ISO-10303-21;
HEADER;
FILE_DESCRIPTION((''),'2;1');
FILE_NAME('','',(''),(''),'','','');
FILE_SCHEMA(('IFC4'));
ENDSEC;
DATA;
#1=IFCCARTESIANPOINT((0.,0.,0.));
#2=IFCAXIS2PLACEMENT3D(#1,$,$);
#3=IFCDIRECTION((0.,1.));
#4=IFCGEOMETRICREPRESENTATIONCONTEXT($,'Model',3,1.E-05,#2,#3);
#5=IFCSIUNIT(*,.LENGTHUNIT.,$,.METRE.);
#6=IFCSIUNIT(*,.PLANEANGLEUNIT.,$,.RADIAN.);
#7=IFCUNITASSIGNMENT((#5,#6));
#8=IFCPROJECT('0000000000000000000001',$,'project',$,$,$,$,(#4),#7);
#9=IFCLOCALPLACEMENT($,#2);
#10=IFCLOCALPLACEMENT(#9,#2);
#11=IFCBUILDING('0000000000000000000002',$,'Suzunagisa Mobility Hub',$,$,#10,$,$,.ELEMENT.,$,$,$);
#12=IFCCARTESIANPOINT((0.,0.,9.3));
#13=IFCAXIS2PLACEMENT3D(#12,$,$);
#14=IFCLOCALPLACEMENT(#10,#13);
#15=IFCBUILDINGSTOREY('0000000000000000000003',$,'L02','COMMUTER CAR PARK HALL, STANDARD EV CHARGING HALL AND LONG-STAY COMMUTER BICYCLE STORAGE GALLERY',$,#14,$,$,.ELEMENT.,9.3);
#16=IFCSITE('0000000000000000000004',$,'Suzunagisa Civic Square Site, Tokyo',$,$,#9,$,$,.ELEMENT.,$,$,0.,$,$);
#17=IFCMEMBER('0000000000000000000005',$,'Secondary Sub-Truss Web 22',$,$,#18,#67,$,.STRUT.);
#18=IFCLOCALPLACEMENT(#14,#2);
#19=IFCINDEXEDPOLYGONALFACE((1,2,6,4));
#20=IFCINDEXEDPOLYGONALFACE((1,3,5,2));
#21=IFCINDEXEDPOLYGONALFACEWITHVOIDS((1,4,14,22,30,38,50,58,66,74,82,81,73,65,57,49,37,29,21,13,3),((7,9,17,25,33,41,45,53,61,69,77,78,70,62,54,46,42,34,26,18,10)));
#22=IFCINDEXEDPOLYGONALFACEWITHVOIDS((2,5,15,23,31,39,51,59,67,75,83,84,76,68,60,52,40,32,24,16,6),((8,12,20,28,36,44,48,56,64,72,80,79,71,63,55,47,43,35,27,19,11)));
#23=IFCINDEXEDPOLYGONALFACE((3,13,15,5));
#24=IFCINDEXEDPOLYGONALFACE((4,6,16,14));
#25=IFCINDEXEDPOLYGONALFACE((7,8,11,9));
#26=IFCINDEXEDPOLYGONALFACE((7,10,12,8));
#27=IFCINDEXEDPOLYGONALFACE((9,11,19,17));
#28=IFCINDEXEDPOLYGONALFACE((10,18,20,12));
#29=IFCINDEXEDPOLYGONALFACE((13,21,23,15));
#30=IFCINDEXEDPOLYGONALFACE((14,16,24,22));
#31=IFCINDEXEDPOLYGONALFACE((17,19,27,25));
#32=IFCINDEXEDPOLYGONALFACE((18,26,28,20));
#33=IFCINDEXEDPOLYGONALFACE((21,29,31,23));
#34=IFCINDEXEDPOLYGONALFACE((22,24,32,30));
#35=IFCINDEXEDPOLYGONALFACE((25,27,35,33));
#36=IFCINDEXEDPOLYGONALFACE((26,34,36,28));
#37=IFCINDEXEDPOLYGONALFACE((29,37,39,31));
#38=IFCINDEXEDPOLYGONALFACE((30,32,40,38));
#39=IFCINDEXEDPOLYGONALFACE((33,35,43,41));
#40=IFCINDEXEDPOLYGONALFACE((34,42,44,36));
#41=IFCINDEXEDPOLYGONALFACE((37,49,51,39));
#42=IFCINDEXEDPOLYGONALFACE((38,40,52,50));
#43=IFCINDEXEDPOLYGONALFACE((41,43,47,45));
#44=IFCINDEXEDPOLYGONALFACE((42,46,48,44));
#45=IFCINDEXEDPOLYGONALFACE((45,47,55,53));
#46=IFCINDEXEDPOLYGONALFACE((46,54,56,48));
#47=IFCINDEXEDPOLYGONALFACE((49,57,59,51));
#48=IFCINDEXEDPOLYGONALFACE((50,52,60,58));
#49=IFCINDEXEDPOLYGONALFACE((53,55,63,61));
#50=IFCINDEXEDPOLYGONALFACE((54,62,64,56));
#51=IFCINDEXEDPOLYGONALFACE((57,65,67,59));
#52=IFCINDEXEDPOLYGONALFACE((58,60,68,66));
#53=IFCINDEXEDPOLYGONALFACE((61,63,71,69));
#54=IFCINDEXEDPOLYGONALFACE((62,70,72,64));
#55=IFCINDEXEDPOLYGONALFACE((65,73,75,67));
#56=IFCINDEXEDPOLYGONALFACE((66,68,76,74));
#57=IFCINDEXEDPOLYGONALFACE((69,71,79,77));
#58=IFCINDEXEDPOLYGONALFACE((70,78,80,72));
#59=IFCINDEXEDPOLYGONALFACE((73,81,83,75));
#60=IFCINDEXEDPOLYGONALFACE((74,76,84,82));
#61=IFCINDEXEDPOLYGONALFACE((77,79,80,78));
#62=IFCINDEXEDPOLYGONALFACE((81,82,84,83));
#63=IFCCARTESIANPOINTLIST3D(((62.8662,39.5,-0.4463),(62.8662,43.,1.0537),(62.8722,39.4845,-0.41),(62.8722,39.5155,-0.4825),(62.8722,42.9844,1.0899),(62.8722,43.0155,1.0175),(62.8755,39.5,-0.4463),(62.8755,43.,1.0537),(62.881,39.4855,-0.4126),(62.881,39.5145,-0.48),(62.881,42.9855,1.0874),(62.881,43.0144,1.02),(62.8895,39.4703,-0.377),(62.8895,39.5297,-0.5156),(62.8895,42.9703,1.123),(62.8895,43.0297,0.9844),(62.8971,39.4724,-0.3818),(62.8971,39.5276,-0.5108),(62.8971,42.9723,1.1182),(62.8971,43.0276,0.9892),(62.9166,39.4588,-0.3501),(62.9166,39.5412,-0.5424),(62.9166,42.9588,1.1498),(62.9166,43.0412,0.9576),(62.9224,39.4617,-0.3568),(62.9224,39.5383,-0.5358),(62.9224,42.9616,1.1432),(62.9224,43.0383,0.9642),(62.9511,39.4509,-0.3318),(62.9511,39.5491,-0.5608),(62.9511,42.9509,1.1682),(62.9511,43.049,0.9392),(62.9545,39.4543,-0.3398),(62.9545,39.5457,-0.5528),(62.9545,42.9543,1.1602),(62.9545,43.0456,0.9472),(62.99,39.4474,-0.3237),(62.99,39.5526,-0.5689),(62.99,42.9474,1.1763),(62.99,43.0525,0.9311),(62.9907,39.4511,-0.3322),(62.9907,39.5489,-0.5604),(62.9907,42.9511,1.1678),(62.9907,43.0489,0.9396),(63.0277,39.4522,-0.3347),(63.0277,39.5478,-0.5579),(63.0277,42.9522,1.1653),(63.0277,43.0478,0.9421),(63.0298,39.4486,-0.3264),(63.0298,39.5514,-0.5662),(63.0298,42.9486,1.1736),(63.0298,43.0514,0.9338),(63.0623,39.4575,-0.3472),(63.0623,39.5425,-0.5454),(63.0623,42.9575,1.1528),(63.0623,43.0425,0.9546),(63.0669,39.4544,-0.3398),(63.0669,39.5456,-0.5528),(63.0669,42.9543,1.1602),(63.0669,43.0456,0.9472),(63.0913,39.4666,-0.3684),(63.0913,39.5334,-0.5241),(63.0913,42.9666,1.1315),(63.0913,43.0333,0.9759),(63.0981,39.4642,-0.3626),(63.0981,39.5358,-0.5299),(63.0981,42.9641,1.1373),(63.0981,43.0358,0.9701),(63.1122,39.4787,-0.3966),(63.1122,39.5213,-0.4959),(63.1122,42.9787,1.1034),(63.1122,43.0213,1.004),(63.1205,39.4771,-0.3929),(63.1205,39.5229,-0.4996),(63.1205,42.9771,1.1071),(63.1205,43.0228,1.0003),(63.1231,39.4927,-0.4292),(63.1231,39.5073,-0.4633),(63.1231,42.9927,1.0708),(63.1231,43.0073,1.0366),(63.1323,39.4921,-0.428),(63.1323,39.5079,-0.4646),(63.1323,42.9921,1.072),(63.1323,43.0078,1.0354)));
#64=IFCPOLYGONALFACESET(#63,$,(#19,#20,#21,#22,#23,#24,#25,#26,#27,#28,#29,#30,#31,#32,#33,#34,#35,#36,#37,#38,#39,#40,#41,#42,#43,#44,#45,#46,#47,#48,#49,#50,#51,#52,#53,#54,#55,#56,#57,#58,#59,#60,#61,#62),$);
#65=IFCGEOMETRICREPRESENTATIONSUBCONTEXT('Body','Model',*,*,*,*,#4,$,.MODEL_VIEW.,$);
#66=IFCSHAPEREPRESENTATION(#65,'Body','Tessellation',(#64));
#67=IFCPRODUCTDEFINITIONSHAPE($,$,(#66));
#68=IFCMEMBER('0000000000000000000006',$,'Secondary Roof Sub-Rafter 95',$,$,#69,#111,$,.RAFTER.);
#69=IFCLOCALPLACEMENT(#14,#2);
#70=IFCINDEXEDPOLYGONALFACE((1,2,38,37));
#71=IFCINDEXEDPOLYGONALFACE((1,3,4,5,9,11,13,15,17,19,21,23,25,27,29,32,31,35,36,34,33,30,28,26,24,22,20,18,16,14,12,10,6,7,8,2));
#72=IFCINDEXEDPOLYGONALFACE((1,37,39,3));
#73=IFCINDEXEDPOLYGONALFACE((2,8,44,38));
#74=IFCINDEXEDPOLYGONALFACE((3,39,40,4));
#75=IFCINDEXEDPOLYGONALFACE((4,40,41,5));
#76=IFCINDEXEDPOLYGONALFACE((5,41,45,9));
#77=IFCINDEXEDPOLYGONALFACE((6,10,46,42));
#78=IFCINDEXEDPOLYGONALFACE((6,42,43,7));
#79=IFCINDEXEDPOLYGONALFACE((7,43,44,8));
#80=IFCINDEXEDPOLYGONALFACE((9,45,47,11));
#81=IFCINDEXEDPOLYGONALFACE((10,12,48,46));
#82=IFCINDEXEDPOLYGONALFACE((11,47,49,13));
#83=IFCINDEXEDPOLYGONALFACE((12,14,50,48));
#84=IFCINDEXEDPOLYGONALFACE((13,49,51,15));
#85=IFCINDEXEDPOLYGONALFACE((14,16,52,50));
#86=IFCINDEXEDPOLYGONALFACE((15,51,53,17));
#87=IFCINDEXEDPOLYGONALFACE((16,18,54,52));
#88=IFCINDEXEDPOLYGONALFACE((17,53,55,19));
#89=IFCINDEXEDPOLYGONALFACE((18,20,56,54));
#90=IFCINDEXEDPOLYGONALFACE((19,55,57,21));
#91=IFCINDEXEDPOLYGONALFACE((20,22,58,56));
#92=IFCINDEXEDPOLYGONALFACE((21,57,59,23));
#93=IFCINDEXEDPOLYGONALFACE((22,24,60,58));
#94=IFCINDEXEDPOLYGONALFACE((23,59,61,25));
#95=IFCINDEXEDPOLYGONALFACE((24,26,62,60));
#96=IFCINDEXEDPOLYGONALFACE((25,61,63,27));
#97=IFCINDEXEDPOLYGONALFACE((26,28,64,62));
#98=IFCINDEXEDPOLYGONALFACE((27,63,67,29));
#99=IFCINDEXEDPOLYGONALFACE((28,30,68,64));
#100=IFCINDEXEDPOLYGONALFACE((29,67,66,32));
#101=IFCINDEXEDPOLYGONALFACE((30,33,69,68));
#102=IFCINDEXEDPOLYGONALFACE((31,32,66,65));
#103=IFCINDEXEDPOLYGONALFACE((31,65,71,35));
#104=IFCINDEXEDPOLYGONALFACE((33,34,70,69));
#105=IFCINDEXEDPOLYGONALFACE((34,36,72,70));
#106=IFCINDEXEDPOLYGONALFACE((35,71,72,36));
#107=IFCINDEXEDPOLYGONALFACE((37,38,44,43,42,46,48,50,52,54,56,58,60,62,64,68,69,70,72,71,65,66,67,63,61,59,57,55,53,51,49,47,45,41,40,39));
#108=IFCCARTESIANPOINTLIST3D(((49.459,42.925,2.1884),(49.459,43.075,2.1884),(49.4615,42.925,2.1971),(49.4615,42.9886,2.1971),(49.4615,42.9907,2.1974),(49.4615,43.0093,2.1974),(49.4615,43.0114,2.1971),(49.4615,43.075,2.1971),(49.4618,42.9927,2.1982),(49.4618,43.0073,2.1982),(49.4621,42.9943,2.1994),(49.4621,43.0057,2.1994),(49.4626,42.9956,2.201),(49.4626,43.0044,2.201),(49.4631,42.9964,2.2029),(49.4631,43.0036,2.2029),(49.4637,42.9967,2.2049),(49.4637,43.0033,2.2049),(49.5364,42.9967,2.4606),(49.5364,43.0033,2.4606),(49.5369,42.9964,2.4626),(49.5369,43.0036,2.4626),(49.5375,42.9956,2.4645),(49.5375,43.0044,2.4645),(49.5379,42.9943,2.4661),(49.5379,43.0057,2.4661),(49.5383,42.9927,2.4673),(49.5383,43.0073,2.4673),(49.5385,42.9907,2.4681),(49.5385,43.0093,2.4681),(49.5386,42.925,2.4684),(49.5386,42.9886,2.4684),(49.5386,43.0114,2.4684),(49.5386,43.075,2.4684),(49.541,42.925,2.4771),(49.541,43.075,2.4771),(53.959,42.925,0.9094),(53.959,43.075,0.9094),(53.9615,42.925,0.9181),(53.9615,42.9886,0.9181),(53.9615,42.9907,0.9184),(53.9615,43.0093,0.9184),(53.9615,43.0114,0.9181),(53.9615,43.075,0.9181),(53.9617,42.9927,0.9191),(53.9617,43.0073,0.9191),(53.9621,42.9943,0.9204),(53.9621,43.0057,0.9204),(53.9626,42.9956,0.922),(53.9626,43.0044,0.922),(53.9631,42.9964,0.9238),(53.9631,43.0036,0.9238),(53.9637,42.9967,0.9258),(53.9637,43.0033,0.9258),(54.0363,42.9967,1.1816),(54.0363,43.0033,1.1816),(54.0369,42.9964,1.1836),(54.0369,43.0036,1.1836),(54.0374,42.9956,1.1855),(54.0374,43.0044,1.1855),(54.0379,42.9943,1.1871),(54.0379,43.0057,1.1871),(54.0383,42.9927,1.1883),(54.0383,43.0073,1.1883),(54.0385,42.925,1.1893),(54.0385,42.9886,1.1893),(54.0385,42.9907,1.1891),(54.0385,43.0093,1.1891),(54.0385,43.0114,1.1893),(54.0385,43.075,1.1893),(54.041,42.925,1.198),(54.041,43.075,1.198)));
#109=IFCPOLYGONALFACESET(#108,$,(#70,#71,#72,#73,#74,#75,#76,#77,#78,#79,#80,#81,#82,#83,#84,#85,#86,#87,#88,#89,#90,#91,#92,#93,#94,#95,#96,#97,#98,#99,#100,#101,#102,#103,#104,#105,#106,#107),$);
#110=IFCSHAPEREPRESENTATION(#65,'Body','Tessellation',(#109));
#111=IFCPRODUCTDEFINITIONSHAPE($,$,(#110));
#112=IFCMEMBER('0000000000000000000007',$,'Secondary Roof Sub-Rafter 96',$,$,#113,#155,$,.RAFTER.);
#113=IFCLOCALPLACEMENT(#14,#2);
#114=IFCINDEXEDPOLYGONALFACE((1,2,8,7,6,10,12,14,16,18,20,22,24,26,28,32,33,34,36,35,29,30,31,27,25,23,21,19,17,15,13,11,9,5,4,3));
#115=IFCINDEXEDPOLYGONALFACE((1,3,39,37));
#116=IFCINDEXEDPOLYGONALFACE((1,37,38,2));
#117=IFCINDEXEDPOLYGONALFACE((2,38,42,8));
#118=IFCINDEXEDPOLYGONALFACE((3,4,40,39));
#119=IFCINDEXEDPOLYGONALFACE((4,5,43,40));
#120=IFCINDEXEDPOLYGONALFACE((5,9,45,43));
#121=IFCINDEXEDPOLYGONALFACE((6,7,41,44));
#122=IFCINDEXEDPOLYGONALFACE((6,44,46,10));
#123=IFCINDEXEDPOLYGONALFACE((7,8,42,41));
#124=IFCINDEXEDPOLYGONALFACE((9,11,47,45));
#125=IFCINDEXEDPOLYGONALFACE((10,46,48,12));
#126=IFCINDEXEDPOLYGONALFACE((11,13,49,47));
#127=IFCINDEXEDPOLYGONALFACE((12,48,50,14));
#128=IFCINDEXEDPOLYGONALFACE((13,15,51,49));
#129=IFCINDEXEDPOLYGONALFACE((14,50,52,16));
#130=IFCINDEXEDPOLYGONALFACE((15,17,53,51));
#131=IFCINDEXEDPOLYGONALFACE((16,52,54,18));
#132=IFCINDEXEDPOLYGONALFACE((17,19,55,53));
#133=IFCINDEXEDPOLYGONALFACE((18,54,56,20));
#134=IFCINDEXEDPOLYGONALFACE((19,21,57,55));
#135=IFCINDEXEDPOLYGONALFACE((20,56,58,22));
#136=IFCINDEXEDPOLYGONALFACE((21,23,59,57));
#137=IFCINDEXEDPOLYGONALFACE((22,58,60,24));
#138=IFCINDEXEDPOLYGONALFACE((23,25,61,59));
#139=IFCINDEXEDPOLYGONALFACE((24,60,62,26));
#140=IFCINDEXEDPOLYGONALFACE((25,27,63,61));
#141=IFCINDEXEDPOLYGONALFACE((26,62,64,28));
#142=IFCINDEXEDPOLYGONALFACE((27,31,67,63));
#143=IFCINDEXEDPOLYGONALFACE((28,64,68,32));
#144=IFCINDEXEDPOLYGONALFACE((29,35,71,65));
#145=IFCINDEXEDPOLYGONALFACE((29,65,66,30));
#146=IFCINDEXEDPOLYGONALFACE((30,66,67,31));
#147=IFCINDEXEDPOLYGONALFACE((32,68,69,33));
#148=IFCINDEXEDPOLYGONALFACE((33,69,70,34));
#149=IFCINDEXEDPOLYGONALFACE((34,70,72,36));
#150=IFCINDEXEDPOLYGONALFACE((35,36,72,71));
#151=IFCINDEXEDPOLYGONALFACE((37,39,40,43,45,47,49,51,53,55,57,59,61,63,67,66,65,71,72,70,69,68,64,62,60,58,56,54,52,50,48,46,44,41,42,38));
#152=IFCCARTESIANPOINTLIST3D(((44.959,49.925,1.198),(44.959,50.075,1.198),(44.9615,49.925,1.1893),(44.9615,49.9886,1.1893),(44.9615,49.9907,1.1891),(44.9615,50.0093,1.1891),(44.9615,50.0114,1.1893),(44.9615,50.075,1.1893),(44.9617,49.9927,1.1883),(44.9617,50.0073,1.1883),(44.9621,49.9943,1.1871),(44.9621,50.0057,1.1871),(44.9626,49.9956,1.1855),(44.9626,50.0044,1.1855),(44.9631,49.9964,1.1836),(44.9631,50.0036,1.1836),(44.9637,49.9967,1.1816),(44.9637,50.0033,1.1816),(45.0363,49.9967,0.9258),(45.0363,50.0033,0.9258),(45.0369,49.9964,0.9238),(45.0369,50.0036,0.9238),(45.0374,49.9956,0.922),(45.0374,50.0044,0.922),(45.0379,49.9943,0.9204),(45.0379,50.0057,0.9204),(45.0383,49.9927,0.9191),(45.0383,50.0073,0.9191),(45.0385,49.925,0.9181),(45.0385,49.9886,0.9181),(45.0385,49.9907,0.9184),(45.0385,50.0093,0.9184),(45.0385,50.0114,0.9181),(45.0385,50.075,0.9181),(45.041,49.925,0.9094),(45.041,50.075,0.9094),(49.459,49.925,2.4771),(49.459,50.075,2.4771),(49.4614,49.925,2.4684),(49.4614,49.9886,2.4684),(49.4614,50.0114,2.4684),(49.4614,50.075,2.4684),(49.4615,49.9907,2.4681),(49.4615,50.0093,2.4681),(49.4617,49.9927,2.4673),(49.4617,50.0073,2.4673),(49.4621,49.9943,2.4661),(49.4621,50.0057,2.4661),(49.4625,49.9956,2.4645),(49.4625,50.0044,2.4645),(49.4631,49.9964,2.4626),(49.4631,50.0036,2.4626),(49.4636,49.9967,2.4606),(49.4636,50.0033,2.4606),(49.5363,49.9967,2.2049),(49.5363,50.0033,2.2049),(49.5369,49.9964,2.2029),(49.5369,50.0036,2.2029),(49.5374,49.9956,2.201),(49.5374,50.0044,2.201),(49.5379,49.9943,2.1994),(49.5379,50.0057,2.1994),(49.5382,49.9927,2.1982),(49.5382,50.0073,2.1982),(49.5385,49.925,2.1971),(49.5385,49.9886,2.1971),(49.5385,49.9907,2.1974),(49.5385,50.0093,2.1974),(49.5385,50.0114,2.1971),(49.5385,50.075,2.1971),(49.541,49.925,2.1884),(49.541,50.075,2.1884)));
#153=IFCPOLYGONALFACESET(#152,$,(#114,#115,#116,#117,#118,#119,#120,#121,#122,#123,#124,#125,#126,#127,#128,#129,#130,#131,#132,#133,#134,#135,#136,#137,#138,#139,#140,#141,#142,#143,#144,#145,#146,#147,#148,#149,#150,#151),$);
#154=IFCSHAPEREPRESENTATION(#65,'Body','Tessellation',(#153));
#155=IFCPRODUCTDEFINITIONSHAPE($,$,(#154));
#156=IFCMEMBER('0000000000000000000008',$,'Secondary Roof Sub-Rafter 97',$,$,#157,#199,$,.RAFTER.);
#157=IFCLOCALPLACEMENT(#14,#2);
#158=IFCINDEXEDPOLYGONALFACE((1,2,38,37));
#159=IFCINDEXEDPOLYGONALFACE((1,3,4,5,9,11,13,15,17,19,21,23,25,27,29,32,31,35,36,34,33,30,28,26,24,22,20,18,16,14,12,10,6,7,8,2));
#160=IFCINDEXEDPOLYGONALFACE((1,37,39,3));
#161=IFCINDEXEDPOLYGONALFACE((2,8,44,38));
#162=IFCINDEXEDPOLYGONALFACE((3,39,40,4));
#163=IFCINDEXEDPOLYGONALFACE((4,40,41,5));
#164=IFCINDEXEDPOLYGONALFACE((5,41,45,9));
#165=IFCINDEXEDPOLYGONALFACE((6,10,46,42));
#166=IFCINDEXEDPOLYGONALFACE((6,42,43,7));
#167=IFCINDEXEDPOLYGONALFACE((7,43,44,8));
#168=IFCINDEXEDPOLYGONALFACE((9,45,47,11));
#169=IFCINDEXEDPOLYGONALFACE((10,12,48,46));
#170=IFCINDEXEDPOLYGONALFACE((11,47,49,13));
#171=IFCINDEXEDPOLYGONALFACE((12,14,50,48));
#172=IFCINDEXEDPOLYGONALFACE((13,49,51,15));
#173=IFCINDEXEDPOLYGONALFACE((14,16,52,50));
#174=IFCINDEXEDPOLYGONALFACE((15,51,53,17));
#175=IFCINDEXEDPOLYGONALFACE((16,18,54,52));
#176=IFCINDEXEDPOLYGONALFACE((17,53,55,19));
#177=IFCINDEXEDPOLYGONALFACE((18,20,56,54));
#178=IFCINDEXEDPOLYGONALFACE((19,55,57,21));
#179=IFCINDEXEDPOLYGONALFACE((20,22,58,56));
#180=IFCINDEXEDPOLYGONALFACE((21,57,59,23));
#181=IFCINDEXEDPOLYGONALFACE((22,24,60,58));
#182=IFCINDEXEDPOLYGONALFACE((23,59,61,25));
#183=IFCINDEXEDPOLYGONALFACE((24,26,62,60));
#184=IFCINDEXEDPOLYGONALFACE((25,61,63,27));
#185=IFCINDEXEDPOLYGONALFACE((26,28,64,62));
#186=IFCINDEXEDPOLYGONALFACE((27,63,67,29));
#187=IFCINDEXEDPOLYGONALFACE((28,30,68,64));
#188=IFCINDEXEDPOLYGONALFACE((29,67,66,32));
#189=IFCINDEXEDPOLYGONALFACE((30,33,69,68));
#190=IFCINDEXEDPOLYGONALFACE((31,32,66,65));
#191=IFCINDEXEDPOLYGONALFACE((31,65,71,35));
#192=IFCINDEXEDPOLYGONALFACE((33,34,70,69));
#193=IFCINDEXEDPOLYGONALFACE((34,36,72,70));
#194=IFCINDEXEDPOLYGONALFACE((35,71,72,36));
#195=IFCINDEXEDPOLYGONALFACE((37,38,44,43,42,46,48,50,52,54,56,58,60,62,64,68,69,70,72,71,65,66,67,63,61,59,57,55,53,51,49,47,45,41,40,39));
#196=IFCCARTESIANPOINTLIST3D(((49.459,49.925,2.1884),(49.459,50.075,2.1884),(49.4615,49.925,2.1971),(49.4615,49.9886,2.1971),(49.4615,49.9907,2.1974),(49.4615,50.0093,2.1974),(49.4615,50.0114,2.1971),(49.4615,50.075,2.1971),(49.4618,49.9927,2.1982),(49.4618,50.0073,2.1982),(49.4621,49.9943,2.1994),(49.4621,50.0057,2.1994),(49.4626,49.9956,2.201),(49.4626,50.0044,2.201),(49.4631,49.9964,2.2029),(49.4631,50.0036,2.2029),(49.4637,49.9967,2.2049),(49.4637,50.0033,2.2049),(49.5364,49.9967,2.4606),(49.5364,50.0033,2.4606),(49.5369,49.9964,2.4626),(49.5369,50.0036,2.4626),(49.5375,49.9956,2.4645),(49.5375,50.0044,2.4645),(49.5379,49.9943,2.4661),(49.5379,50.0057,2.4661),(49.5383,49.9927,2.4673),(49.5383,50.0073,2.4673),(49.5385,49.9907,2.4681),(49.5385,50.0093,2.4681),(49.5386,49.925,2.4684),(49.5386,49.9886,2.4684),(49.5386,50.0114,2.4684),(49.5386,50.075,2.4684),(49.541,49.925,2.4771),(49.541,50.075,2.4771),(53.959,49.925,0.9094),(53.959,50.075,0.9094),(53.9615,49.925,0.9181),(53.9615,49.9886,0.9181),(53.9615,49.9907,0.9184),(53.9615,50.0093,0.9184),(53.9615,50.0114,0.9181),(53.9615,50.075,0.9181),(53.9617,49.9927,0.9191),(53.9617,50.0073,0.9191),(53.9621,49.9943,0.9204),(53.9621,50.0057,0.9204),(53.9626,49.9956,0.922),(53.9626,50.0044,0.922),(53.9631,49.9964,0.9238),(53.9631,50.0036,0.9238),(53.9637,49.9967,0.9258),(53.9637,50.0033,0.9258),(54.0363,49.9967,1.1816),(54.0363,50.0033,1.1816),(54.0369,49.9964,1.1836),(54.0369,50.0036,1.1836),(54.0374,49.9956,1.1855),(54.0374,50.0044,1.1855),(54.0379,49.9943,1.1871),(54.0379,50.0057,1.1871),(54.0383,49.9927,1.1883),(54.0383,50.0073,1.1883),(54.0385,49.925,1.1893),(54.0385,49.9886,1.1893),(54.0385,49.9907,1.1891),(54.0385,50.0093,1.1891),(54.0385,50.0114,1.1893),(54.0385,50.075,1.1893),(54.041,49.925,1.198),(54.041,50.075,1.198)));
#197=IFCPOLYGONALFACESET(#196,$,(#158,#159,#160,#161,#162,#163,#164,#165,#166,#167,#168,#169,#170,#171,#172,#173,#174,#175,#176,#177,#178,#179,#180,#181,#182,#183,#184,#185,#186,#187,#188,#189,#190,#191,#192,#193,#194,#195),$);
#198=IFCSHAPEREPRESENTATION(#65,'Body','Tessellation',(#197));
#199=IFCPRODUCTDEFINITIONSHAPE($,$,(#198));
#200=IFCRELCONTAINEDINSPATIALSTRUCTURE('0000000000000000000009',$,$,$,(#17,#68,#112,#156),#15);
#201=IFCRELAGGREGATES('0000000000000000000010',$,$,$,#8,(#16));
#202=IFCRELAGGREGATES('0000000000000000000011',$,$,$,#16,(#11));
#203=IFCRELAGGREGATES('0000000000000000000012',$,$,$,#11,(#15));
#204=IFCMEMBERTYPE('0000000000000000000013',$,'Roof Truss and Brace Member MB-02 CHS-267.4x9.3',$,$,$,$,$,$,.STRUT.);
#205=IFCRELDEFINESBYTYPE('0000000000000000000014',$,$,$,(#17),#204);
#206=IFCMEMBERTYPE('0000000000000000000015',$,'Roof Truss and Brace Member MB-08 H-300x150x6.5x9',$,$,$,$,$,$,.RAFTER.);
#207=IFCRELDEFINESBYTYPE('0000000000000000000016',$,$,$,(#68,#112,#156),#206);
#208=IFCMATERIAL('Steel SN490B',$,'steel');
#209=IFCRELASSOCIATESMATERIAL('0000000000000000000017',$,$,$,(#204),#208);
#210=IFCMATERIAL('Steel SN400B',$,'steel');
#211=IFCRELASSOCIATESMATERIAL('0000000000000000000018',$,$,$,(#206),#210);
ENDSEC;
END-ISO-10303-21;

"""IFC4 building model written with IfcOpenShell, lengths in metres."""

from ifc_helpers import new_model, si_unit, direction, frame, origin, origin_2d, place, context, subcontext, project, spatial, hollow_circle, i_section, extrude, material, material_profile, profile_set, type_object, element, save


model = new_model("IFC4")

# Units and contexts
model_context = context("Model", 3, precision=1e-05, world=origin(), true_north=direction((0.0, 1.0)))
body_context = subcontext(model_context, "Body", "Model", "MODEL_VIEW")
ifc_project = project(units=[si_unit("LENGTHUNIT", "METRE"), si_unit("PLANEANGLEUNIT", "RADIAN")], contexts=[model_context])

# Site, building, storey
site_placement = place(None, origin())
site = spatial("IfcSite", under=ifc_project, at=site_placement, Name="Suzunagisa Civic Square Site, Tokyo", CompositionType="ELEMENT", RefElevation=0.0)
building_placement = place(site_placement, origin())
building = spatial("IfcBuilding", under=site, at=building_placement, Name="Suzunagisa Mobility Hub", CompositionType="ELEMENT")
storey_placement = place(building_placement, frame((0.0, 0.0, 9.3)))
storey = spatial("IfcBuildingStorey", under=building, at=storey_placement, Name="L02", Description="COMMUTER CAR PARK HALL, STANDARD EV CHARGING HALL AND LONG-STAY COMMUTER BICYCLE STORAGE GALLERY", CompositionType="ELEMENT", Elevation=9.3)

# Members
ifc_material_1 = material(Name="Steel SN490B", Category="steel")
ifc_material_profile_1 = material_profile(ifc_material_1, hollow_circle(Radius=0.1338, WallThickness=0.0093, at=origin_2d()), Name="CHS-267.4x9.3")
ifc_profile_set_1 = profile_set([ifc_material_profile_1], Name="Steel SN490B")
member_type_1 = type_object("IfcMemberType", Name="Roof Truss and Brace Member MB-02 CHS-267.4x9.3", PredefinedType="STRUT", material=ifc_profile_set_1)
for number, where, z_axis, x_axis, name in (
    (1, (63.0, 39.5, -0.4463), (0.0, 0.919145, 0.393919), (-1.0, 0.0, 0.0), "Secondary Sub-Truss Web 22"),
):
    element("IfcMember", number, at=place(storey_placement, frame(where, z_axis=z_axis, x_axis=x_axis)), inside=storey, type_object=member_type_1, Name=name, PredefinedType="STRUT", context=body_context, shape_type="SweptSolid", body=[
        extrude(hollow_circle(Radius=0.1338, WallThickness=0.0093, at=origin_2d()), origin(), (0.0, 0.0, 1.0), 3.8079),
    ])
ifc_material_2 = material(Name="Steel SN400B", Category="steel")
ifc_material_profile_2 = material_profile(ifc_material_2, i_section(OverallWidth=0.1499, OverallDepth=0.3, WebThickness=0.0066, FlangeThickness=0.009, FilletRadius=0.0081, at=origin_2d()), Name="H-300x150x6.5x9")
ifc_profile_set_2 = profile_set([ifc_material_profile_2], Name="Steel SN400B")
member_type_2 = type_object("IfcMemberType", Name="Roof Truss and Brace Member MB-08 H-300x150x6.5x9", PredefinedType="RAFTER", material=ifc_profile_set_2)
for number, where, z_axis, x_axis, name in (
    (2, (54.0, 43.0, 1.0537), (-0.961899, 0.0, 0.273404), (0.0, -1.0, 0.0), "Secondary Roof Sub-Rafter 95"),
    (3, (45.0, 50.0, 1.0537), (0.961899, 0.0, 0.273404), (0.0, 1.0, 0.0), "Secondary Roof Sub-Rafter 96"),
    (4, (54.0, 50.0, 1.0537), (-0.961899, 0.0, 0.273404), (0.0, -1.0, 0.0), "Secondary Roof Sub-Rafter 97"),
):
    element("IfcMember", number, at=place(storey_placement, frame(where, z_axis=z_axis, x_axis=x_axis)), inside=storey, type_object=member_type_2, Name=name, PredefinedType="RAFTER", context=body_context, shape_type="SweptSolid", body=[
        extrude(i_section(OverallWidth=0.1499, OverallDepth=0.3, WebThickness=0.0066, FlangeThickness=0.009, FilletRadius=0.0081, at=origin_2d()), origin(), (0.0, 0.0, 1.0), 4.6782),
    ])

save(model, "model.ifc")
